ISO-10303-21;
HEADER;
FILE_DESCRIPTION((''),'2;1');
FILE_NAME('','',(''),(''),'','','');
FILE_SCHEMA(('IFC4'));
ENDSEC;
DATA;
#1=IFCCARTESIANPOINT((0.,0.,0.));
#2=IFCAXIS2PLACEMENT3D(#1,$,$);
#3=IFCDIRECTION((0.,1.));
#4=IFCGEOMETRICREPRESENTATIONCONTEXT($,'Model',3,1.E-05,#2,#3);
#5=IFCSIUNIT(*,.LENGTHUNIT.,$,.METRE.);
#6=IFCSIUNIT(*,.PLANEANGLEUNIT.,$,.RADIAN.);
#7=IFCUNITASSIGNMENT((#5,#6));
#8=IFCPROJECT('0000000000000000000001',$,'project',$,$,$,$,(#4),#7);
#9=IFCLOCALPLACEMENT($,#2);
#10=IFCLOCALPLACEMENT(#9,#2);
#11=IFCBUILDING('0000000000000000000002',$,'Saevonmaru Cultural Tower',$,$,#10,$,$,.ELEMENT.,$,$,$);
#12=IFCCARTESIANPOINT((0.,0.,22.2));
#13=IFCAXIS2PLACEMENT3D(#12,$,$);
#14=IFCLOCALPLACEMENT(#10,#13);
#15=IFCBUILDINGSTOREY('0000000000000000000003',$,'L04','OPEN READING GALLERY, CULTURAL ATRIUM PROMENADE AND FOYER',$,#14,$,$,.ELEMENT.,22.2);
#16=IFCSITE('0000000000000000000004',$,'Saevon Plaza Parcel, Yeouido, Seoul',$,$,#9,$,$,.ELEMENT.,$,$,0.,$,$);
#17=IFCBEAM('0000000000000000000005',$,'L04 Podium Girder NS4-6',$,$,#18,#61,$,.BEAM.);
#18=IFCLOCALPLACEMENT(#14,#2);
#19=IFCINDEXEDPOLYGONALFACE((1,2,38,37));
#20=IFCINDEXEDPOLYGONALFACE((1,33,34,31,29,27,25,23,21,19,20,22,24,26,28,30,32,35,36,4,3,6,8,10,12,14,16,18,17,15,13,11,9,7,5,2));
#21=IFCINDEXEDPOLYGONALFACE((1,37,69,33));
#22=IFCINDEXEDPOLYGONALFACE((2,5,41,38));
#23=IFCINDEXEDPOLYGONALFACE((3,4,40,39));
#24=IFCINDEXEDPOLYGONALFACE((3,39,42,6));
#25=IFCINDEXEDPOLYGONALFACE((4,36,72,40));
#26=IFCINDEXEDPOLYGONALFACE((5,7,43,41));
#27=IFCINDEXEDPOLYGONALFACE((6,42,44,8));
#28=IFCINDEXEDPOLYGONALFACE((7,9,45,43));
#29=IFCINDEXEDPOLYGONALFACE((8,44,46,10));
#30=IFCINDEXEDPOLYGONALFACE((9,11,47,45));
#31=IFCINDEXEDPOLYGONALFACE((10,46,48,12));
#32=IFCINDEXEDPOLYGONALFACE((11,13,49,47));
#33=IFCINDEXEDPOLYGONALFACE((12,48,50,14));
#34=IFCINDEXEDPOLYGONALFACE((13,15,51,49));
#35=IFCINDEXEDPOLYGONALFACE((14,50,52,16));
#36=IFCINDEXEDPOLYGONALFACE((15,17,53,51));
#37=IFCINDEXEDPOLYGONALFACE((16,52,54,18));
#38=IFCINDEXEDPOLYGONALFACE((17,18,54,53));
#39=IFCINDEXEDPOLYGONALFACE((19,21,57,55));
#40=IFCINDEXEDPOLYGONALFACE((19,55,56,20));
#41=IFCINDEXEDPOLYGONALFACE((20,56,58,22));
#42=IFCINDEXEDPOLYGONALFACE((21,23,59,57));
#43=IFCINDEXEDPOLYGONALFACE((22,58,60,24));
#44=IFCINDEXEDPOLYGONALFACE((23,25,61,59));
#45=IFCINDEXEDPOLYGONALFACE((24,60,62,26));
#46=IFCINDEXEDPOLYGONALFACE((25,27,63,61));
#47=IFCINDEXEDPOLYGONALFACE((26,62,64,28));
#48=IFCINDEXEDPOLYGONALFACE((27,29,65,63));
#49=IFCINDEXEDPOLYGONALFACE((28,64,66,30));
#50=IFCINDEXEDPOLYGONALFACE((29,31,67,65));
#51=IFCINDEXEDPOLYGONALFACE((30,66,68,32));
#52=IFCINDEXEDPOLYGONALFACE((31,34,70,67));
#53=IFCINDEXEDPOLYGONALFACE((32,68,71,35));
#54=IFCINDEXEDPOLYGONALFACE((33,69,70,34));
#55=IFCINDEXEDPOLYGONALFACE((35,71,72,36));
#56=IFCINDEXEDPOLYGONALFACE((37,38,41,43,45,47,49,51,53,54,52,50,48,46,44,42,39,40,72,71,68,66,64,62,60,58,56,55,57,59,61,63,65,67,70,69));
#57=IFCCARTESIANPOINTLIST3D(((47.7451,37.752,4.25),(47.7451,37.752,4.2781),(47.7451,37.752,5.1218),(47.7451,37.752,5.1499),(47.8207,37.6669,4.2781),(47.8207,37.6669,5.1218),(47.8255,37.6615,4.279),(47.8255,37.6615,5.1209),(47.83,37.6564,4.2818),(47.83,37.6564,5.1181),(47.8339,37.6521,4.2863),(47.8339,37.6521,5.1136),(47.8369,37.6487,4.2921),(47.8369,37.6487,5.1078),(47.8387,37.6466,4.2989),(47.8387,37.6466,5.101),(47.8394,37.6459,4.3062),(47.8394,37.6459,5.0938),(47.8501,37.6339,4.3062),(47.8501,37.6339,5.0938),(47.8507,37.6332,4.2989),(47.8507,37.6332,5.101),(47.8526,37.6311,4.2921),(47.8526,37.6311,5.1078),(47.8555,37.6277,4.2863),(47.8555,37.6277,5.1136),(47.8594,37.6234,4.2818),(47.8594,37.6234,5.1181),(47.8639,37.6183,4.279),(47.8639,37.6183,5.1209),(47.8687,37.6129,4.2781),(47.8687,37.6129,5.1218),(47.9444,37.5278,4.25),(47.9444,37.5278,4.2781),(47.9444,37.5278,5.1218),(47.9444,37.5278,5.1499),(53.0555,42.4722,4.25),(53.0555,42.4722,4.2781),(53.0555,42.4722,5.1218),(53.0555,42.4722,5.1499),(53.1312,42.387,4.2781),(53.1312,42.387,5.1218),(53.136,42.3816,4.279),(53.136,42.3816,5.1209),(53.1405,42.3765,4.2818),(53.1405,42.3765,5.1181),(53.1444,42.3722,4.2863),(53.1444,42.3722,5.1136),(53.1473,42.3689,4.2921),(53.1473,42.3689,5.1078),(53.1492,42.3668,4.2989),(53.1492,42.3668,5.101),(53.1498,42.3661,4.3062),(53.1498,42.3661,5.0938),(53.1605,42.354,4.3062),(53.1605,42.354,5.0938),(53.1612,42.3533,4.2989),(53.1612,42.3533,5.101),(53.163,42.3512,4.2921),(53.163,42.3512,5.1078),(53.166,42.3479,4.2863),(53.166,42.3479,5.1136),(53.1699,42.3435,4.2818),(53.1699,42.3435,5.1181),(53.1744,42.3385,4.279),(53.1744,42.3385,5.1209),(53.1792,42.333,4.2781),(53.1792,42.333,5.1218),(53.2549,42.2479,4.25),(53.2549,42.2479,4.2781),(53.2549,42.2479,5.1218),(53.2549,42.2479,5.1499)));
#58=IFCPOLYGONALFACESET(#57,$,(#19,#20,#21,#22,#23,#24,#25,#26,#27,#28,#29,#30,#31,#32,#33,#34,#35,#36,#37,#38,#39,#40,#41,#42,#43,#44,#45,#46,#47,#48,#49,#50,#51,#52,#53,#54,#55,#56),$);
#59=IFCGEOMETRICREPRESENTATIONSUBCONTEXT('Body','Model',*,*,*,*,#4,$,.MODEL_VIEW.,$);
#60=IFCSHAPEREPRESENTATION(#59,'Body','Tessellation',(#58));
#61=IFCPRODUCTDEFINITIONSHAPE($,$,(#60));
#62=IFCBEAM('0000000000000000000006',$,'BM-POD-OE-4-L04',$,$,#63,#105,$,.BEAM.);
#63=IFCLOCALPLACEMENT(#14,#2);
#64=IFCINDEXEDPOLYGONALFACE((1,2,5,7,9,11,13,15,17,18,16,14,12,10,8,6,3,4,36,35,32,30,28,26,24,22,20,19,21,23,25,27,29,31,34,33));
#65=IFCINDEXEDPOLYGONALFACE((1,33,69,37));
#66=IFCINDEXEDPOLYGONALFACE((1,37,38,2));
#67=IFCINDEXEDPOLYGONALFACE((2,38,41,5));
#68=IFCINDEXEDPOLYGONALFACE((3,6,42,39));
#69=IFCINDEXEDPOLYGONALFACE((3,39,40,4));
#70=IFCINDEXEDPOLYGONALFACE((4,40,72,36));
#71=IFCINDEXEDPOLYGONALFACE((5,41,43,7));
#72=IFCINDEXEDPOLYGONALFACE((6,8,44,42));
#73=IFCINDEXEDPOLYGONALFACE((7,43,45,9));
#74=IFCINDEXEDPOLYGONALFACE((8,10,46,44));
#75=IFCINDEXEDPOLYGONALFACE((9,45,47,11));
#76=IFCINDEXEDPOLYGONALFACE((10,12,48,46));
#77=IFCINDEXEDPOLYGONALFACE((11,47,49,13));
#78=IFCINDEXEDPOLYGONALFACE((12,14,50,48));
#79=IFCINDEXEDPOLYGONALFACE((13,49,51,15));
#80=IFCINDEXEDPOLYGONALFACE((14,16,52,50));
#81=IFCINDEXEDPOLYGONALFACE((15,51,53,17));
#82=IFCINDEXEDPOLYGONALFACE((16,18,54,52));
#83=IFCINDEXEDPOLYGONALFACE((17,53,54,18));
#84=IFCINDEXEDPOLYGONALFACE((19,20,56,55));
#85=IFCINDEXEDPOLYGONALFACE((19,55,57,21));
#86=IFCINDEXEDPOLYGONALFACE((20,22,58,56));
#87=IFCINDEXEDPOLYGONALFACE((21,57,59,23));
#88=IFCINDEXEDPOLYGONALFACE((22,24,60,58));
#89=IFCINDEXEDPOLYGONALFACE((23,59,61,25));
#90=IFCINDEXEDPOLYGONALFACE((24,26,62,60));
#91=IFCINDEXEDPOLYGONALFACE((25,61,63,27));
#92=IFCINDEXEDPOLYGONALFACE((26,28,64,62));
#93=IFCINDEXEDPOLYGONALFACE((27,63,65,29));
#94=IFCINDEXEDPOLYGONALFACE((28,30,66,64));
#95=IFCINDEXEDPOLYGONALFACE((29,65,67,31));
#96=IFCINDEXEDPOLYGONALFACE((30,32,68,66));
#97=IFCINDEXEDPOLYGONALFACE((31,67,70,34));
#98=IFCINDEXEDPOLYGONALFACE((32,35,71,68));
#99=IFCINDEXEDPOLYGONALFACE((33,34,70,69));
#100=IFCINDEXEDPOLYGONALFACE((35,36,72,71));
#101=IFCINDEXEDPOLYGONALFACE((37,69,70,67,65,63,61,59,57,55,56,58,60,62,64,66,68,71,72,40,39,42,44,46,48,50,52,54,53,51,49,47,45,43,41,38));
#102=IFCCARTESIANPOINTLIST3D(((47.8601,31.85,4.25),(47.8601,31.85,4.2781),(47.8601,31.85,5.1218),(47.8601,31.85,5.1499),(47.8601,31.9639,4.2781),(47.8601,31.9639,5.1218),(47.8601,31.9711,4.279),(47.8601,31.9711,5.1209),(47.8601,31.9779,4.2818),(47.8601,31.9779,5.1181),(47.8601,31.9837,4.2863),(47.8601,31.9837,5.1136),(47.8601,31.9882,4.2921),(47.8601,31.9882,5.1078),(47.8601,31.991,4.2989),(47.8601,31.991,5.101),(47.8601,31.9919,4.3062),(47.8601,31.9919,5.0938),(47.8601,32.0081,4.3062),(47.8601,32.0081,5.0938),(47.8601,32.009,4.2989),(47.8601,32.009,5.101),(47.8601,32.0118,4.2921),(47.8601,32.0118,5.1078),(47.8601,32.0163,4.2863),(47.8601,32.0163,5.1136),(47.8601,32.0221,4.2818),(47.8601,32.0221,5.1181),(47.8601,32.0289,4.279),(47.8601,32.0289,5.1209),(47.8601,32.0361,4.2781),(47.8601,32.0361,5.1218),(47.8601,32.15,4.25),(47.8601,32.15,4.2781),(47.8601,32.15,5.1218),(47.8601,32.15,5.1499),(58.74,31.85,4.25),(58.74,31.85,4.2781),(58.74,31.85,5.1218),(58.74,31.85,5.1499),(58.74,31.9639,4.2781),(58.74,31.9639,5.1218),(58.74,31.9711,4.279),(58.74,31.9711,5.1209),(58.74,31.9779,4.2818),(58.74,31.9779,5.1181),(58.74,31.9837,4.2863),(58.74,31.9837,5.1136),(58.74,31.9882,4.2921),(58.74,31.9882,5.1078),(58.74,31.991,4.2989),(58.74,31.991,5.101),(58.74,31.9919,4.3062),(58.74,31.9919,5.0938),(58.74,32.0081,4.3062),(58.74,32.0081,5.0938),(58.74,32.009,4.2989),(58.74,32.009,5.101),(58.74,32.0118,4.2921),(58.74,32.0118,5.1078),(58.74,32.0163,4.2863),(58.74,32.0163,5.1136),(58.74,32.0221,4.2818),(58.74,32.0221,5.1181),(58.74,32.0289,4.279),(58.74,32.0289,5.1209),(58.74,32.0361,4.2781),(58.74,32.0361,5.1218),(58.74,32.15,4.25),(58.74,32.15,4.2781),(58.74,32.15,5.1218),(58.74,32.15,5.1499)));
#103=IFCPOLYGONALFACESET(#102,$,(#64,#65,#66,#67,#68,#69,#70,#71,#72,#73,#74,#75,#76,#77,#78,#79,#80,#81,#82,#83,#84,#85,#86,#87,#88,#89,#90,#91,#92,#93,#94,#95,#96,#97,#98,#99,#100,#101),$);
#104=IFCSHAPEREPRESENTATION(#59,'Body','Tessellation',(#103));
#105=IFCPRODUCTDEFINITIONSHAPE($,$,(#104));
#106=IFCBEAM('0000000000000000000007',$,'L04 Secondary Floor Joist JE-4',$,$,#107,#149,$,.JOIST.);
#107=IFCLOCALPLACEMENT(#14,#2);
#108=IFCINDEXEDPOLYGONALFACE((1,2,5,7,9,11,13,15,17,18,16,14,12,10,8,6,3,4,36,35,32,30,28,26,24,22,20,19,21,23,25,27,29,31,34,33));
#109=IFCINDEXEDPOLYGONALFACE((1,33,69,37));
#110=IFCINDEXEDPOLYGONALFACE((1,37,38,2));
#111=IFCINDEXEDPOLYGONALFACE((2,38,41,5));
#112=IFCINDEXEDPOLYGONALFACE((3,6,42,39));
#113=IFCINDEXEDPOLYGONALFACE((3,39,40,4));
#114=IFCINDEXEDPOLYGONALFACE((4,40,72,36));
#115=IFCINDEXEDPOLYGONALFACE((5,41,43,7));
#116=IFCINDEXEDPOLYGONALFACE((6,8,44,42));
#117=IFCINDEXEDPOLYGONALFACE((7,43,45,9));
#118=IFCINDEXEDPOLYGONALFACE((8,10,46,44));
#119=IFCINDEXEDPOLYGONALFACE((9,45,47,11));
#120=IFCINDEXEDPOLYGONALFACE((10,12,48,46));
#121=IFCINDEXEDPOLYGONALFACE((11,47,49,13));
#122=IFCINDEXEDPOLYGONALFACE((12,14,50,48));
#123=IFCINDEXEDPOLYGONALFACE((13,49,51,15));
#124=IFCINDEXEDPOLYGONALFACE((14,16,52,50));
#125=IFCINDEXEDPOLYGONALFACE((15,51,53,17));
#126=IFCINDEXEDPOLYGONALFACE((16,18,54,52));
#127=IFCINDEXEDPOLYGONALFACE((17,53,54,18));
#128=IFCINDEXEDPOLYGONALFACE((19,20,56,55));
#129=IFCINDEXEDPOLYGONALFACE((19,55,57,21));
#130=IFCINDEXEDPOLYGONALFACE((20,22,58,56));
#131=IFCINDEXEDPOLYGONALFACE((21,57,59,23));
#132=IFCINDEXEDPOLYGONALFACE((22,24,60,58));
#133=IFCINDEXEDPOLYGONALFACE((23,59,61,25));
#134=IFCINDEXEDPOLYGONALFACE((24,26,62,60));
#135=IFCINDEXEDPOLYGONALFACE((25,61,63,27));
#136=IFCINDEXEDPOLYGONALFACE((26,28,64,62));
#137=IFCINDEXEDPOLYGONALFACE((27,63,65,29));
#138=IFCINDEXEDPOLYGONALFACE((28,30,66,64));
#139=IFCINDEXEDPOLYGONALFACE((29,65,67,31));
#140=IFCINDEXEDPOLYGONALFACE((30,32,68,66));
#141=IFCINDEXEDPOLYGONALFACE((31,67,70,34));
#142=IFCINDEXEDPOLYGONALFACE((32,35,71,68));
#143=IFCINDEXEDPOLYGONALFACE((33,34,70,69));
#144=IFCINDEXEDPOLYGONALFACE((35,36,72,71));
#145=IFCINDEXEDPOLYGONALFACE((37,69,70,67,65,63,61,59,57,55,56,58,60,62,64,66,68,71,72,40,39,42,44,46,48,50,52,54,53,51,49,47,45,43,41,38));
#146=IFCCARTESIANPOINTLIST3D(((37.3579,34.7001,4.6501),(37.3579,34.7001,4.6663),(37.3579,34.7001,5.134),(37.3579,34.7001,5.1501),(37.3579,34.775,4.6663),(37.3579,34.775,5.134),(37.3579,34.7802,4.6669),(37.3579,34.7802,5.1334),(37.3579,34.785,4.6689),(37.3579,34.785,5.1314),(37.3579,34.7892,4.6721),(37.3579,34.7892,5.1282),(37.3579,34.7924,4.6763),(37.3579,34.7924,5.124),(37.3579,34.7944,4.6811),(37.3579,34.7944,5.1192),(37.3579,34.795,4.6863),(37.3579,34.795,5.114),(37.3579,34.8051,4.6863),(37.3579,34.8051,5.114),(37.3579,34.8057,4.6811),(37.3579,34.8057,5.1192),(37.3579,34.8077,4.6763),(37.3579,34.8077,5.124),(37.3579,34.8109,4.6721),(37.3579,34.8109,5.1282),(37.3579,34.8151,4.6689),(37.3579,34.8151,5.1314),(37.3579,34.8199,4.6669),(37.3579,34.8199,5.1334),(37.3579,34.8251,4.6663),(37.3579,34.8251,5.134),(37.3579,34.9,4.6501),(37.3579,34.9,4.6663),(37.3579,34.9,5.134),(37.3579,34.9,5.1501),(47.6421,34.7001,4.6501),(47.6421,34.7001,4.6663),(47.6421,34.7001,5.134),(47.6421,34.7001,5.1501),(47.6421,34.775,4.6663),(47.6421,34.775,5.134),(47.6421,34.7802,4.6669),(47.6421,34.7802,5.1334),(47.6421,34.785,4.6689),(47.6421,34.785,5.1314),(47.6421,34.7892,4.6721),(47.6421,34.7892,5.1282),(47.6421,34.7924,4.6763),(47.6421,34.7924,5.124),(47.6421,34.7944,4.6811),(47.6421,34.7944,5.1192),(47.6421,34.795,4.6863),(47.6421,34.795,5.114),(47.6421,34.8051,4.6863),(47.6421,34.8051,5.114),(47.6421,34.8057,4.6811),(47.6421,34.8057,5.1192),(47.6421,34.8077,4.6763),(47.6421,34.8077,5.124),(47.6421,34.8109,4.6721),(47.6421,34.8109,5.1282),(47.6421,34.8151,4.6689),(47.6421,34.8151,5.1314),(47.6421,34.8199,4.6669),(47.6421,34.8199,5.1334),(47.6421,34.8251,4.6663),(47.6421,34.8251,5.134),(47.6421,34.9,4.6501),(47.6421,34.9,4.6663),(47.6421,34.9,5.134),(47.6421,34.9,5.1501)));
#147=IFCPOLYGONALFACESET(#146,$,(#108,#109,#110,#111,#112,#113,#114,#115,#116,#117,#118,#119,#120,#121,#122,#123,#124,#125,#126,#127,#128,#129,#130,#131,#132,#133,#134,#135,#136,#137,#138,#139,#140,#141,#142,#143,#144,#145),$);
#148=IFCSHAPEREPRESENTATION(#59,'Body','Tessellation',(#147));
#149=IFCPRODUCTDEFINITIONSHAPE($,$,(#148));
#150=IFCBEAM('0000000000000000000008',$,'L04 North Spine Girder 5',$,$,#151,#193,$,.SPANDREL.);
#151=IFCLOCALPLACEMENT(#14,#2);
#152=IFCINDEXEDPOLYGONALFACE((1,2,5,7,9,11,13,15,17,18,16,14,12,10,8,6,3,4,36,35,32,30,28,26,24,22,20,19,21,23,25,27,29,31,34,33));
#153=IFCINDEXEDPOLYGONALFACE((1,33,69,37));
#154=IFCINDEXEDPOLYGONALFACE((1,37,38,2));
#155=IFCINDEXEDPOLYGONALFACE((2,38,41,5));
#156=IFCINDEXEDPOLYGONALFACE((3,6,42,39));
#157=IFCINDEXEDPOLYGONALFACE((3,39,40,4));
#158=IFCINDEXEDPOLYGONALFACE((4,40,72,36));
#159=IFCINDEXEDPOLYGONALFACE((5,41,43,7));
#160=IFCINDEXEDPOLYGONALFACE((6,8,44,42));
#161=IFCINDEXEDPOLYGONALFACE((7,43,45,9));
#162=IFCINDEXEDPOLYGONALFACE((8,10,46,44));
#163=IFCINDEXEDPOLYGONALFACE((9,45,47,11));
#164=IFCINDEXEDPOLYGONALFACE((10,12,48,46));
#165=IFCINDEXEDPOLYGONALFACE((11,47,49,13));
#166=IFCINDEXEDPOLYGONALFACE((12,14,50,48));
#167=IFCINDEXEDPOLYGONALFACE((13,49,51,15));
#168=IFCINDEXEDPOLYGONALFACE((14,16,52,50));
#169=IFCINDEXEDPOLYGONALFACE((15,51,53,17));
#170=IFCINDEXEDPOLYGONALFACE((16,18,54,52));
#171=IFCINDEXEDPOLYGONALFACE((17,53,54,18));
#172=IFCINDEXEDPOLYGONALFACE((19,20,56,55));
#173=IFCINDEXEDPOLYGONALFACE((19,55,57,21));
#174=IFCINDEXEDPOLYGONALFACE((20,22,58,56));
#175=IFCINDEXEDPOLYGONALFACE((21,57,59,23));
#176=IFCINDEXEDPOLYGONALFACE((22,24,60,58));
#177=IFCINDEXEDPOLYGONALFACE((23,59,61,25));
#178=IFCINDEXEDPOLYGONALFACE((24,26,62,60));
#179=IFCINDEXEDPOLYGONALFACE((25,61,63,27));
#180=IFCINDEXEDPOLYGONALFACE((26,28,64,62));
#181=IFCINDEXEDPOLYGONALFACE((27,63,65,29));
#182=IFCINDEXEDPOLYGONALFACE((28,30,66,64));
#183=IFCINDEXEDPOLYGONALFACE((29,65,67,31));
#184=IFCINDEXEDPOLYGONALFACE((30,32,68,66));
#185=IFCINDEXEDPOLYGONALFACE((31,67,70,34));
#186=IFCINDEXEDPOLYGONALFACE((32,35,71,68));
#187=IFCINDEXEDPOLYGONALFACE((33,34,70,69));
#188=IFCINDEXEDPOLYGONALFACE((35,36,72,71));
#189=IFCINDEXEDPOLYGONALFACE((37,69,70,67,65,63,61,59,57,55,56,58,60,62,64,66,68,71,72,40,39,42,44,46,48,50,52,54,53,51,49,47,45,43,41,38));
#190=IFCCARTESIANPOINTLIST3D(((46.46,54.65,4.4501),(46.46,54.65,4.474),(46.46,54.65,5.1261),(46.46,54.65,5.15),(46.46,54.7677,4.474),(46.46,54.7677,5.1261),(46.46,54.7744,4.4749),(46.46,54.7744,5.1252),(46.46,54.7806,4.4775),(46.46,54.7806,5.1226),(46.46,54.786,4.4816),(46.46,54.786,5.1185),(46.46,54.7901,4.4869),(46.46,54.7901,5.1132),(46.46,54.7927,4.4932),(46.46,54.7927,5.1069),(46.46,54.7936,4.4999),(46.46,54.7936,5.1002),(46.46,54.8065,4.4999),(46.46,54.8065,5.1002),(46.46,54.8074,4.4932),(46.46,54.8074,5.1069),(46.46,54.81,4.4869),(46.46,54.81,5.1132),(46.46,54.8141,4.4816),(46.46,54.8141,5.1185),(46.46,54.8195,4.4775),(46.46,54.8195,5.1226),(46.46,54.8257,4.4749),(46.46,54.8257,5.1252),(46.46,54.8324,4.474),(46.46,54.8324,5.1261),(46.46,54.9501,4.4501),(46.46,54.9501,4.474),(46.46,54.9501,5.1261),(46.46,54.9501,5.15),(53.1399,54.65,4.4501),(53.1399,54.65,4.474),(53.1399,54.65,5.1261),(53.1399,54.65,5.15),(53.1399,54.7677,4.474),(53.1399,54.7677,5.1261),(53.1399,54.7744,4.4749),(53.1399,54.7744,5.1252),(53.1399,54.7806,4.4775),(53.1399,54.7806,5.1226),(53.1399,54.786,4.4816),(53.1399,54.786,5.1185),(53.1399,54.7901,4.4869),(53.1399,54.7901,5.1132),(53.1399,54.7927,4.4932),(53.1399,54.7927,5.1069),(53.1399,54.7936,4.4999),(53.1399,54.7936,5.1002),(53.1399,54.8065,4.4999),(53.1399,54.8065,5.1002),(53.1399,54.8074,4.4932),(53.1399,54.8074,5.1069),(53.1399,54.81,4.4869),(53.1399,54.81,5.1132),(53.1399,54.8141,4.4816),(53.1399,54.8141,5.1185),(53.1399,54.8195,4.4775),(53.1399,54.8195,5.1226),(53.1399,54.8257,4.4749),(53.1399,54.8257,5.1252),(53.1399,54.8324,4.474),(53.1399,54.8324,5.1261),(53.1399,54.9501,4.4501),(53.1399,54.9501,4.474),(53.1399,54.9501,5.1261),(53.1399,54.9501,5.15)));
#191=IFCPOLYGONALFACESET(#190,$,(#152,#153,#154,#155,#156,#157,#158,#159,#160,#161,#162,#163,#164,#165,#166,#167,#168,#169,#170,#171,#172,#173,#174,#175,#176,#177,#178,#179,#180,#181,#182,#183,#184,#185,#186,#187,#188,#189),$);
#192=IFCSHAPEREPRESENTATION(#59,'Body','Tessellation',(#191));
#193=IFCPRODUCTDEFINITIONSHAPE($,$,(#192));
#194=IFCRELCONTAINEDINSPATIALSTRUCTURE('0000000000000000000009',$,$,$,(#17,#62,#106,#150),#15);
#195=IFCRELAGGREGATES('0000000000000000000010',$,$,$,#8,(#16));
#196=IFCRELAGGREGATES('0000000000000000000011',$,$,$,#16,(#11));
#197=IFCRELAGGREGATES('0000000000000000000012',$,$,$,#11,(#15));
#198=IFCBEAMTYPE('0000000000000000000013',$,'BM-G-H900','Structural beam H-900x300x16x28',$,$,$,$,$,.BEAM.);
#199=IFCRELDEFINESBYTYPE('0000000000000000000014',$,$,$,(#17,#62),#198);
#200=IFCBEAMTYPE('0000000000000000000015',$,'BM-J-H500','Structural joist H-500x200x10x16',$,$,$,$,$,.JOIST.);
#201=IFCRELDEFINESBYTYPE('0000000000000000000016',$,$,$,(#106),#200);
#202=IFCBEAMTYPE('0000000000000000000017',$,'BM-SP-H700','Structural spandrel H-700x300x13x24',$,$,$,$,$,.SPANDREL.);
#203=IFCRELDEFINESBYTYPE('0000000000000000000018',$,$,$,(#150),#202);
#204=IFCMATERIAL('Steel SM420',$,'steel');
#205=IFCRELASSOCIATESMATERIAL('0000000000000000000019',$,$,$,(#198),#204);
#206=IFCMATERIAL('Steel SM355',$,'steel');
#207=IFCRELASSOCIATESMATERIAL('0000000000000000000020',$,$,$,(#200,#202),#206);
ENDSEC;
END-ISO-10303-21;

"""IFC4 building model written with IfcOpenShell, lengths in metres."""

from ifc_helpers import new_model, si_unit, direction, frame, origin, origin_2d, place, context, subcontext, project, spatial, i_section, extrude, material, material_profile, profile_set, type_object, element, save


model = new_model("IFC4")

# Units and contexts
model_context = context("Model", 3, precision=1e-05, world=origin(), true_north=direction((0.0, 1.0)))
body_context = subcontext(model_context, "Body", "Model", "MODEL_VIEW")
ifc_project = project(units=[si_unit("LENGTHUNIT", "METRE"), si_unit("PLANEANGLEUNIT", "RADIAN")], contexts=[model_context])

# Site, building, storey
site_placement = place(None, origin())
site = spatial("IfcSite", under=ifc_project, at=site_placement, Name="Saevon Plaza Parcel, Yeouido, Seoul", CompositionType="ELEMENT", RefElevation=0.0)
building_placement = place(site_placement, origin())
building = spatial("IfcBuilding", under=site, at=building_placement, Name="Saevonmaru Cultural Tower", CompositionType="ELEMENT")
storey_placement = place(building_placement, frame((0.0, 0.0, 22.2)))
storey = spatial("IfcBuildingStorey", under=building, at=storey_placement, Name="L04", Description="OPEN READING GALLERY, CULTURAL ATRIUM PROMENADE AND FOYER", CompositionType="ELEMENT", Elevation=22.2)

# Shared definitions
ifc_material_1 = material(Name="Steel SM355", Category="steel")

# Beams
ifc_material_2 = material(Name="Steel SM420", Category="steel")
ifc_material_profile_1 = material_profile(ifc_material_2, i_section(OverallWidth=0.3, OverallDepth=0.8999, WebThickness=0.0161, FlangeThickness=0.0281, FilletRadius=0.0281, at=origin_2d()), Name="H-900x300x16x28")
ifc_profile_set_1 = profile_set([ifc_material_profile_1], Name="Steel SM420")
beam_type_1 = type_object("IfcBeamType", Name="BM-G-H900", Description="Structural beam H-900x300x16x28", PredefinedType="BEAM", material=ifc_profile_set_1)
beam_1_placement = place(storey_placement, frame((47.8447, 37.6399, 4.7), z_axis=(0.747428, 0.664343, 0.0), x_axis=(-0.664343, 0.747428, 0.0)))
element("IfcBeam", 1, at=beam_1_placement, inside=storey, type_object=beam_type_1, Name="L04 Podium Girder NS4-6", PredefinedType="BEAM", context=body_context, shape_type="SweptSolid", body=[
    extrude(i_section(OverallWidth=0.3, OverallDepth=0.8999, WebThickness=0.0161, FlangeThickness=0.0281, FilletRadius=0.0281, at=origin_2d()), origin(), (0.0, 0.0, 1.0), 7.105),
])
beam_2_placement = place(storey_placement, frame((47.8601, 32.0, 4.7), z_axis=(1.0, 0.0, 0.0), x_axis=(0.0, 1.0, 0.0)))
element("IfcBeam", 2, at=beam_2_placement, inside=storey, type_object=beam_type_1, Name="BM-POD-OE-4-L04", PredefinedType="BEAM", context=body_context, shape_type="SweptSolid", body=[
    extrude(i_section(OverallWidth=0.3, OverallDepth=0.8999, WebThickness=0.0161, FlangeThickness=0.0281, FilletRadius=0.0281, at=origin_2d()), origin(), (0.0, 0.0, 1.0), 10.8799),
])
ifc_material_profile_2 = material_profile(ifc_material_1, i_section(OverallWidth=0.2, OverallDepth=0.5, WebThickness=0.01, FlangeThickness=0.0161, FilletRadius=0.02, at=origin_2d()), Name="H-500x200x10x16")
ifc_profile_set_2 = profile_set([ifc_material_profile_2], Name="Steel SM355")
beam_type_2 = type_object("IfcBeamType", Name="BM-J-H500", Description="Structural joist H-500x200x10x16", PredefinedType="JOIST", material=ifc_profile_set_2)
beam_3_placement = place(storey_placement, frame((37.3579, 34.8, 4.9001), z_axis=(1.0, 0.0, 0.0), x_axis=(0.0, 1.0, 0.0)))
element("IfcBeam", 3, at=beam_3_placement, inside=storey, type_object=beam_type_2, Name="L04 Secondary Floor Joist JE-4", PredefinedType="JOIST", context=body_context, shape_type="SweptSolid", body=[
    extrude(i_section(OverallWidth=0.2, OverallDepth=0.5, WebThickness=0.01, FlangeThickness=0.0161, FilletRadius=0.02, at=origin_2d()), origin(), (0.0, 0.0, 1.0), 10.2842),
])
ifc_material_profile_3 = material_profile(ifc_material_1, i_section(OverallWidth=0.3, OverallDepth=0.7, WebThickness=0.0129, FlangeThickness=0.0239, FilletRadius=0.0259, at=origin_2d()), Name="H-700x300x13x24")
ifc_profile_set_3 = profile_set([ifc_material_profile_3], Name="Steel SM355")
beam_type_3 = type_object("IfcBeamType", Name="BM-SP-H700", Description="Structural spandrel H-700x300x13x24", PredefinedType="SPANDREL", material=ifc_profile_set_3)
beam_4_placement = place(storey_placement, frame((46.46, 54.8, 4.8), z_axis=(1.0, 0.0, 0.0), x_axis=(0.0, 1.0, 0.0)))
element("IfcBeam", 4, at=beam_4_placement, inside=storey, type_object=beam_type_3, Name="L04 North Spine Girder 5", PredefinedType="SPANDREL", context=body_context, shape_type="SweptSolid", body=[
    extrude(i_section(OverallWidth=0.3, OverallDepth=0.7, WebThickness=0.0129, FlangeThickness=0.0239, FilletRadius=0.0259, at=origin_2d()), origin(), (0.0, 0.0, 1.0), 6.6799),
])

save(model, "model.ifc")
